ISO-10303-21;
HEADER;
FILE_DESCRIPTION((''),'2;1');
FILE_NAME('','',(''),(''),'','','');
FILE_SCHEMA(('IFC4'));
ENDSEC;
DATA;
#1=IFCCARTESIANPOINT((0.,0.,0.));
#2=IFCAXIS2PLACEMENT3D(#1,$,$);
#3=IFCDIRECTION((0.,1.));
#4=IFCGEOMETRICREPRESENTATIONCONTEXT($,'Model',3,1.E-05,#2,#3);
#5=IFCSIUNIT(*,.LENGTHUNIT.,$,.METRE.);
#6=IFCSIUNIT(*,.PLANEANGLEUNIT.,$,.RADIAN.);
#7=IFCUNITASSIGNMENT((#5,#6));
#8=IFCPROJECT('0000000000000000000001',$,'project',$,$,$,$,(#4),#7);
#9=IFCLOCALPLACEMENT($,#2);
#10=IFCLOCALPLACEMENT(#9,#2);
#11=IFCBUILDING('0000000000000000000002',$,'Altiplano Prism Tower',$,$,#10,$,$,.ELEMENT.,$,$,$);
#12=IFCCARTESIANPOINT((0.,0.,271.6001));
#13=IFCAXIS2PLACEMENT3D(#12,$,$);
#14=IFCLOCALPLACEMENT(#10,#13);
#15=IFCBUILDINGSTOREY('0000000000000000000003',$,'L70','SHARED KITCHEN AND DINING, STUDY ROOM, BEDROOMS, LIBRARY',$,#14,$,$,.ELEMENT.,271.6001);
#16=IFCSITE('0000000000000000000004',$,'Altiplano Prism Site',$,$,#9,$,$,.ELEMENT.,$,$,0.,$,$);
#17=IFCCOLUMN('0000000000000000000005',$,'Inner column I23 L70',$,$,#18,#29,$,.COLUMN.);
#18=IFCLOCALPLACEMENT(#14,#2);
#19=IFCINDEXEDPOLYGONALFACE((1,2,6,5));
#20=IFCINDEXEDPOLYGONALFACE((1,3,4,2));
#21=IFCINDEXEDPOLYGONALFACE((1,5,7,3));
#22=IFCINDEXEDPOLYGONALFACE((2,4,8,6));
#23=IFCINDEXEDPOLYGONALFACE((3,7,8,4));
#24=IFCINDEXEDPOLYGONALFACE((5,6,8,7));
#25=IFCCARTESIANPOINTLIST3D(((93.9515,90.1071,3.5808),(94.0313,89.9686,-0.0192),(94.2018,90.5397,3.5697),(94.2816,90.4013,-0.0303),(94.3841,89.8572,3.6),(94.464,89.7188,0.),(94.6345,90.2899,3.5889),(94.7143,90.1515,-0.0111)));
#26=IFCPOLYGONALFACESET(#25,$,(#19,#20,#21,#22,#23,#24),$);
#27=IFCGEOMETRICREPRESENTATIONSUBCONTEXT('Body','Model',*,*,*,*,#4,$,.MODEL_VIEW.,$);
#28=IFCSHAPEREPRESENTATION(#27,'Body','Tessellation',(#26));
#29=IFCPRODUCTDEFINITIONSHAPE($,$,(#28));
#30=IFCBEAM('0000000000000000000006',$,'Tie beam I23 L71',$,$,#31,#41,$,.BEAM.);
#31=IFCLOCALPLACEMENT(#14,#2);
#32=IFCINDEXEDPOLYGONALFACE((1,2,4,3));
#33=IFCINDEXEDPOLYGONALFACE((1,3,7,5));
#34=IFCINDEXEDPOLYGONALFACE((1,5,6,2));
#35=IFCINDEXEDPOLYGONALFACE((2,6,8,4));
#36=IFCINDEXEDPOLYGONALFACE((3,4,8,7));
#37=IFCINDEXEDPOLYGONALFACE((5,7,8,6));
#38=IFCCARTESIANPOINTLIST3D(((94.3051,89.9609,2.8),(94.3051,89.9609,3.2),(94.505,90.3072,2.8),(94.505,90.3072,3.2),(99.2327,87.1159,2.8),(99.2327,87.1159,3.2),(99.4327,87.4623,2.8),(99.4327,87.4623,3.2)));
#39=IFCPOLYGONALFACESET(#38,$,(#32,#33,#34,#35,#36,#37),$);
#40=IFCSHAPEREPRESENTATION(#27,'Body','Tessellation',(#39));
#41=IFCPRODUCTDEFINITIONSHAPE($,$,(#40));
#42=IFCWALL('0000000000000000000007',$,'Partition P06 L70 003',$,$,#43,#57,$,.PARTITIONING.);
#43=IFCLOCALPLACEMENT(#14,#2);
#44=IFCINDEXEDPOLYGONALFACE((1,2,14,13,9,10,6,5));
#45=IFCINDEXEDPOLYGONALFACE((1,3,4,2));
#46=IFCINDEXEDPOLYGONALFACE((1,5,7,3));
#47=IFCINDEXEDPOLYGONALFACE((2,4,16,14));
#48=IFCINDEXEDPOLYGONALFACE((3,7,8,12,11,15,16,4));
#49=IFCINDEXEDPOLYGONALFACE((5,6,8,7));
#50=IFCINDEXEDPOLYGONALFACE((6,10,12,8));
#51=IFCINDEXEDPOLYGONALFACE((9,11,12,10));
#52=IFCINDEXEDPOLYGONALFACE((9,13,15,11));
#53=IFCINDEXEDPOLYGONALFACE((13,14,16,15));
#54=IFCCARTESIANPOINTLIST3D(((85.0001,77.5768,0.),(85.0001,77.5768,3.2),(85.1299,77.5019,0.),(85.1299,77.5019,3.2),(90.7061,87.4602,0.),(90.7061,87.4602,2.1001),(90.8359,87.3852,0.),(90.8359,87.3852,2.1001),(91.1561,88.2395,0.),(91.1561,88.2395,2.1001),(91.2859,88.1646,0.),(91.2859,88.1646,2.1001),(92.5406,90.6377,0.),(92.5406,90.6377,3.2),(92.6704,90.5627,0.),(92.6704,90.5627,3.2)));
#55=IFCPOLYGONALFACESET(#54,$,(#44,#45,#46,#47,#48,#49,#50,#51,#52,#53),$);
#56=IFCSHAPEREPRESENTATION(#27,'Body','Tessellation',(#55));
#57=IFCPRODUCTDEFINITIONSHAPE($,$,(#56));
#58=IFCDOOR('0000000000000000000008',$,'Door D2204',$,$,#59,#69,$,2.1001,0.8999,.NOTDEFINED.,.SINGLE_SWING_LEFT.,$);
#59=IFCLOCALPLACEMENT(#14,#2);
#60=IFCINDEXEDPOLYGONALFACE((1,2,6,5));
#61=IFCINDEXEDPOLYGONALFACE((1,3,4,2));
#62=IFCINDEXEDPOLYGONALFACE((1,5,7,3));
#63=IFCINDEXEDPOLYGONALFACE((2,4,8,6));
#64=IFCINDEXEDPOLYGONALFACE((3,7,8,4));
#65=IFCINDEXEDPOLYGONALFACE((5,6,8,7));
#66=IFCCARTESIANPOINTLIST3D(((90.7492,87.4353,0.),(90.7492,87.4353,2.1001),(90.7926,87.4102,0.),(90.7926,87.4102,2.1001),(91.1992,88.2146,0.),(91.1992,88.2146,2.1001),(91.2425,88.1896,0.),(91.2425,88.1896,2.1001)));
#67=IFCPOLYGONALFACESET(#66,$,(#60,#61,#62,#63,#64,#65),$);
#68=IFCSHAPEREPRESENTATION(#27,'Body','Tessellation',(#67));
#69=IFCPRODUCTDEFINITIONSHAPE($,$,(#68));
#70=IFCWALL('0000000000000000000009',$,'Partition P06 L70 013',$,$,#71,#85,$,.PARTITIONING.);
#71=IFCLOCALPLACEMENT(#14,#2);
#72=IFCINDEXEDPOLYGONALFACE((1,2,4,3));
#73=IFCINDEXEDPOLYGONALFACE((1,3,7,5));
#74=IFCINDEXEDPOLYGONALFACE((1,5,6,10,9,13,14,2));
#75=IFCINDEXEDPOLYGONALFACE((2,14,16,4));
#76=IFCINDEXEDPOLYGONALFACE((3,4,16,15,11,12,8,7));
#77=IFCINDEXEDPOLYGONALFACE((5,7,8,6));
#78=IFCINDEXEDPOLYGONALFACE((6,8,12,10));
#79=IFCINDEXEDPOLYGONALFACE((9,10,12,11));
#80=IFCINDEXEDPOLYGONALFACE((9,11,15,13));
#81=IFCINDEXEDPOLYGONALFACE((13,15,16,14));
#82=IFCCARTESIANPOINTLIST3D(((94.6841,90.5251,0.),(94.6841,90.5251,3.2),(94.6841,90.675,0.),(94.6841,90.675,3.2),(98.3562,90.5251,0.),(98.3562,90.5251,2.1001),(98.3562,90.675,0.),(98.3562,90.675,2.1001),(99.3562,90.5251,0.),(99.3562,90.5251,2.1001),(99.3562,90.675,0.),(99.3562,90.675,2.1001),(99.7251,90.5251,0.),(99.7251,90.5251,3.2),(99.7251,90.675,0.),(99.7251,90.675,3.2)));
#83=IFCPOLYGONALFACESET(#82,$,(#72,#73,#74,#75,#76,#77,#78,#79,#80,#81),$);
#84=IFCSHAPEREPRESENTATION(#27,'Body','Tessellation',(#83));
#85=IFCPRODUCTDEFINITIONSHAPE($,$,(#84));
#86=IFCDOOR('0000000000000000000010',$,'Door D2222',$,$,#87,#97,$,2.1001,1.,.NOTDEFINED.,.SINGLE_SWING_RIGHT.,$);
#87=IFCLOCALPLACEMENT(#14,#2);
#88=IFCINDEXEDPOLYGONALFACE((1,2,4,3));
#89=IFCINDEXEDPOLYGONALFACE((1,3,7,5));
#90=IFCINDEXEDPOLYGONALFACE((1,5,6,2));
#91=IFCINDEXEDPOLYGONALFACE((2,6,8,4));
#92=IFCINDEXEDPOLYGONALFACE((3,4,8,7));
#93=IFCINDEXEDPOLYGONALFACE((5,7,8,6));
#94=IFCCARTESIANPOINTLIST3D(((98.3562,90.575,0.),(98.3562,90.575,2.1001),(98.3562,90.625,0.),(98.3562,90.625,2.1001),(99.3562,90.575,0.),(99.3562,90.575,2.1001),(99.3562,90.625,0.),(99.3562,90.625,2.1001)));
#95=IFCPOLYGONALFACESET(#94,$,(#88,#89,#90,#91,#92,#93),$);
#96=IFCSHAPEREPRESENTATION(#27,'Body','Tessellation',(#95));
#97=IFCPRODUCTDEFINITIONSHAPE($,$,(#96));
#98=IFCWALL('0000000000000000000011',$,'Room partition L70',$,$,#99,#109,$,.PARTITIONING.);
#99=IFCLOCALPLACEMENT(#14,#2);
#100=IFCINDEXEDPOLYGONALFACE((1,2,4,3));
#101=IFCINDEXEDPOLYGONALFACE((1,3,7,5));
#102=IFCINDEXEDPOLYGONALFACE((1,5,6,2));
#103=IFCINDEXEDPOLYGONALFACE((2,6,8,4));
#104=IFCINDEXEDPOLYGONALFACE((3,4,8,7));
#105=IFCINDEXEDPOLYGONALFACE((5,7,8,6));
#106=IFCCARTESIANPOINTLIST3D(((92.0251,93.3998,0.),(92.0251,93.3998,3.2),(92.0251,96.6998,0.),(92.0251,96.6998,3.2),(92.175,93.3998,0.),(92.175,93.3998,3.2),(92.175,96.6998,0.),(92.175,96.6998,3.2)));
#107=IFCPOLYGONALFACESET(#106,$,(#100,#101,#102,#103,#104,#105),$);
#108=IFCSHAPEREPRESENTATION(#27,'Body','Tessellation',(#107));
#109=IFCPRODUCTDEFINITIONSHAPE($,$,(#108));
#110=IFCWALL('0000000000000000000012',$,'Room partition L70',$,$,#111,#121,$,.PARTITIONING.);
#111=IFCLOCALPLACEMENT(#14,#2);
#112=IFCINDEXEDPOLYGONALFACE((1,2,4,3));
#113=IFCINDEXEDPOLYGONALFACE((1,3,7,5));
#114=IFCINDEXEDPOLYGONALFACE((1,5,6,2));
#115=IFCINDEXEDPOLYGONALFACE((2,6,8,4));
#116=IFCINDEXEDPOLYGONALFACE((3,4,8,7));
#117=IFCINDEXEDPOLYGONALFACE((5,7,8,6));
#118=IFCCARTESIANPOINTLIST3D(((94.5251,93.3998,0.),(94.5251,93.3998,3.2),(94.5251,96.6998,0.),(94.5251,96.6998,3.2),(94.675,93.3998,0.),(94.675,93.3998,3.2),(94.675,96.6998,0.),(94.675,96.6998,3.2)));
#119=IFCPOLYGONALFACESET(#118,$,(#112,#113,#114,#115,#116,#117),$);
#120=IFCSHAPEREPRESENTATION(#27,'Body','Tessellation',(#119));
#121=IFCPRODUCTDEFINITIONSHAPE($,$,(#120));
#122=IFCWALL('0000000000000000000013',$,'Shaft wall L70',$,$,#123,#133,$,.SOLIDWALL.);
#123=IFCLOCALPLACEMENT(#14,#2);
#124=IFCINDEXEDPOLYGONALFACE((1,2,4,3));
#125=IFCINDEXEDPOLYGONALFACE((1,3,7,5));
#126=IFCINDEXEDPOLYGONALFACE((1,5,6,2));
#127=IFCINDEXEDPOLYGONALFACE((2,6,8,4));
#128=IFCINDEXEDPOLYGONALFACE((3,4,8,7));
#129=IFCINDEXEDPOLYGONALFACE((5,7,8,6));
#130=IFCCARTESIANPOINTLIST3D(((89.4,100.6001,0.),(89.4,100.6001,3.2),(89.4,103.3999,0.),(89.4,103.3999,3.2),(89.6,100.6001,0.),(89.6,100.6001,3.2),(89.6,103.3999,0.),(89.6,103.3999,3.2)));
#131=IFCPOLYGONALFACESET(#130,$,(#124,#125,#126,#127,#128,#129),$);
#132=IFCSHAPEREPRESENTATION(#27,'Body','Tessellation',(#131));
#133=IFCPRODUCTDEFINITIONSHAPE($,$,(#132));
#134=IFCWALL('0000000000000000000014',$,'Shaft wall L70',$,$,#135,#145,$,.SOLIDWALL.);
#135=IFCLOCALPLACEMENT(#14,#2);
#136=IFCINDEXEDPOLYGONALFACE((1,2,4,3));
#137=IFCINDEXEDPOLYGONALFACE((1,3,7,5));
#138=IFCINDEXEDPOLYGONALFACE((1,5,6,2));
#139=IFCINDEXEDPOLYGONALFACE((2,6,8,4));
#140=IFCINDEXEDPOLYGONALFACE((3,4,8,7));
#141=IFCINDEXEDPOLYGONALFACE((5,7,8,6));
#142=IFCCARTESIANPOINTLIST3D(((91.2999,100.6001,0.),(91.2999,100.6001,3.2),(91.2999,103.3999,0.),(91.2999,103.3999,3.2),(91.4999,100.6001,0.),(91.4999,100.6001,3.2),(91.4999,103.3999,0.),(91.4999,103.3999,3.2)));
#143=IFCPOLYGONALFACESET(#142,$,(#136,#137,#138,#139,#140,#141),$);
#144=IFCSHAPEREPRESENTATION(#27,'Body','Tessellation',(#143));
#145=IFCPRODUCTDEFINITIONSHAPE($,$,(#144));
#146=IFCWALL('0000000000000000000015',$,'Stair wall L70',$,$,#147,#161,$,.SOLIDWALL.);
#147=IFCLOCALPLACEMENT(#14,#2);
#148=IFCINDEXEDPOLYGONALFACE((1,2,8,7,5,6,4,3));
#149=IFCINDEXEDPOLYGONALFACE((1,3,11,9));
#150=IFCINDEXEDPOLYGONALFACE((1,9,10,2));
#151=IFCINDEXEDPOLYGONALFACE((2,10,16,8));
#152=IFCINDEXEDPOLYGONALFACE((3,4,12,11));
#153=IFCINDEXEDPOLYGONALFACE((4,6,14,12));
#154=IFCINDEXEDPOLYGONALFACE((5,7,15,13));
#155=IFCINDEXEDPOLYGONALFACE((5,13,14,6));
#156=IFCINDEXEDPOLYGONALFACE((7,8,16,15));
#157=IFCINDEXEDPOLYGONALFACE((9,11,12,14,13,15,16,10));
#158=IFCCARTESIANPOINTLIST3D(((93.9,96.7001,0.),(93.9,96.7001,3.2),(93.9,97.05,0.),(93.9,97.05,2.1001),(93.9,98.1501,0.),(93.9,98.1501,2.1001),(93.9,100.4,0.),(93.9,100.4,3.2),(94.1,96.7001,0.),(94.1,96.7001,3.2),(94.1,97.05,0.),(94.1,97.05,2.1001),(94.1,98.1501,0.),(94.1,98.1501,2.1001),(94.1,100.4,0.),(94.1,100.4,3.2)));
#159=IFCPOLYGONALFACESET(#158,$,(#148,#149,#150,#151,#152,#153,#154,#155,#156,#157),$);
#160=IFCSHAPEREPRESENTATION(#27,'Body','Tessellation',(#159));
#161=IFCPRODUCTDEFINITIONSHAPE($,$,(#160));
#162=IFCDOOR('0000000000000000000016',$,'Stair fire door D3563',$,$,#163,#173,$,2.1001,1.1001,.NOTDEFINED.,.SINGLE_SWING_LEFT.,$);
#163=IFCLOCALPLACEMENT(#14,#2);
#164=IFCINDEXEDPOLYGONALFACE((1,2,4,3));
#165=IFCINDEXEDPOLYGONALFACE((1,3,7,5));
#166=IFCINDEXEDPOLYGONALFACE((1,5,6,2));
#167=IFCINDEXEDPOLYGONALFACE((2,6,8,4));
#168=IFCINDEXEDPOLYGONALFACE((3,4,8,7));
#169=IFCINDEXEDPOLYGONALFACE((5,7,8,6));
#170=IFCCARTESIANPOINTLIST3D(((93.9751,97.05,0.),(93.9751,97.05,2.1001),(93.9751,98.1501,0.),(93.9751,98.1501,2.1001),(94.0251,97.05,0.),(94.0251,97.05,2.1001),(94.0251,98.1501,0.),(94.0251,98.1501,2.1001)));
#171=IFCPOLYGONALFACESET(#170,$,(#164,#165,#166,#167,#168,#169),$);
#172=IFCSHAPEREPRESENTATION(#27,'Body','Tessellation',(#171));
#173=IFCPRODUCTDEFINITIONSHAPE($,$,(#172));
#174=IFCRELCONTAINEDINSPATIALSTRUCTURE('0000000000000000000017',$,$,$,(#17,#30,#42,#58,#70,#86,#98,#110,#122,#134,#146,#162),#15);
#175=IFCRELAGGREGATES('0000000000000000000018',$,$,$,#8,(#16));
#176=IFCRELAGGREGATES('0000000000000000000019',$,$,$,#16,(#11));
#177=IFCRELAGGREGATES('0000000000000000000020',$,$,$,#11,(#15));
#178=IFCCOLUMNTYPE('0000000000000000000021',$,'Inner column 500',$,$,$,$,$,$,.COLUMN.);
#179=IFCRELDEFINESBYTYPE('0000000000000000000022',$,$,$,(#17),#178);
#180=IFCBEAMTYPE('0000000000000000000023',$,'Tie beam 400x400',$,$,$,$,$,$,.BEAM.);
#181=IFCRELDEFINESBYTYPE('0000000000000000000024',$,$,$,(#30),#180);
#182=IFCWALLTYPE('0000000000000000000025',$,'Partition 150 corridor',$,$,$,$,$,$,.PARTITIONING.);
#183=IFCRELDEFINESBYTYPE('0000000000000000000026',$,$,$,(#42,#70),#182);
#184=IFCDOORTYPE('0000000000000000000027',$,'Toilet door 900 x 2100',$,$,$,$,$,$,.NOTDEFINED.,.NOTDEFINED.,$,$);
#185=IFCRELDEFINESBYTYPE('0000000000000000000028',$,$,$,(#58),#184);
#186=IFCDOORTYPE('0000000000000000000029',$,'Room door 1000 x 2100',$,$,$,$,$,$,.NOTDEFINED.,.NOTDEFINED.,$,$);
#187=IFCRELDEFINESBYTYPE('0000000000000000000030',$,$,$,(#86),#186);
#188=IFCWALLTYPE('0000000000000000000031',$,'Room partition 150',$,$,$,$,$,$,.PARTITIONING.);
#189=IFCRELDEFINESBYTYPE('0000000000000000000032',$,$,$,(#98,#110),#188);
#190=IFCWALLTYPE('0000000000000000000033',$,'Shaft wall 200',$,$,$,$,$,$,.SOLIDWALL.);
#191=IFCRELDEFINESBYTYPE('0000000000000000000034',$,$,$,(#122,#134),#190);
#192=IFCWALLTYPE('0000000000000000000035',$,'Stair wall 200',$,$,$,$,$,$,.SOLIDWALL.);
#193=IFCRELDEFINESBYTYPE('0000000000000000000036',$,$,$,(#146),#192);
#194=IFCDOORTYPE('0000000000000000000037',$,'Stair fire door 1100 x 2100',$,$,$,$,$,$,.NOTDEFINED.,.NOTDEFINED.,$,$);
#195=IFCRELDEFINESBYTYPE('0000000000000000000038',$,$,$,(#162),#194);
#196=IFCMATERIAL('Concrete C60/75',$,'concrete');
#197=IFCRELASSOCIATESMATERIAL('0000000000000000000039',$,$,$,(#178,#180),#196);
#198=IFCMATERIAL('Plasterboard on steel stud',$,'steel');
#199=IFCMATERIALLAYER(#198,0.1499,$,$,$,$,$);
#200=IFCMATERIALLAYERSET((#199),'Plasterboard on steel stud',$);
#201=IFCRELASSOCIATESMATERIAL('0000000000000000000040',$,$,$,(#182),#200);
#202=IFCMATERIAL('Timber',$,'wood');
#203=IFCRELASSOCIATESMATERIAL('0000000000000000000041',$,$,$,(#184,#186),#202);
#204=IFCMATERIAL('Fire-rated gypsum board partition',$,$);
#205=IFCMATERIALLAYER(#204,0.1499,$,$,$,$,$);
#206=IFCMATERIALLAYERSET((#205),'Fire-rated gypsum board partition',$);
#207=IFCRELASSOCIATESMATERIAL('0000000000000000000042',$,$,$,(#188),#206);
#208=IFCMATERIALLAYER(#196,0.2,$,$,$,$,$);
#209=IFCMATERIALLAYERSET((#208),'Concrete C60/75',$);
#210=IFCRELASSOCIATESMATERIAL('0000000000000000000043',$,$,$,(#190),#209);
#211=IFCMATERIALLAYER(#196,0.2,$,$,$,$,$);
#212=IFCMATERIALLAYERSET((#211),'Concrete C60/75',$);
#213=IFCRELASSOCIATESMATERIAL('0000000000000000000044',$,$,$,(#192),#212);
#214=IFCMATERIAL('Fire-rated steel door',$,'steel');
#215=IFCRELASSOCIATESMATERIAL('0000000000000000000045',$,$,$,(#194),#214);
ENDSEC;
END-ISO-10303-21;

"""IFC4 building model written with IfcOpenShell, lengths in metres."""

from ifc_helpers import new_model, si_unit, direction, frame, frame_2d, origin, origin_2d, place, context, subcontext, project, spatial, rectangle, extrude, material, layer, layer_set, material_profile, profile_set, type_object, element, fill, save


model = new_model("IFC4")

# Units and contexts
model_context = context("Model", 3, precision=1e-05, world=origin(), true_north=direction((0.0, 1.0)))
body_context = subcontext(model_context, "Body", "Model", "MODEL_VIEW")
ifc_project = project(units=[si_unit("LENGTHUNIT", "METRE"), si_unit("PLANEANGLEUNIT", "RADIAN")], contexts=[model_context])

# Site, building, storey
site_placement = place(None, origin())
site = spatial("IfcSite", under=ifc_project, at=site_placement, Name="Altiplano Prism Site", CompositionType="ELEMENT", RefElevation=0.0)
building_placement = place(site_placement, origin())
building = spatial("IfcBuilding", under=site, at=building_placement, Name="Altiplano Prism Tower", CompositionType="ELEMENT")
storey_placement = place(building_placement, frame((0.0, 0.0, 271.6001)))
storey = spatial("IfcBuildingStorey", under=building, at=storey_placement, Name="L70", Description="SHARED KITCHEN AND DINING, STUDY ROOM, BEDROOMS, LIBRARY", CompositionType="ELEMENT", Elevation=271.6001)

# Column
ifc_material_1 = material(Name="Concrete C60/75", Category="concrete")
ifc_material_profile_1 = material_profile(ifc_material_1, rectangle(XDim=0.5, YDim=0.5, at=origin_2d()), Name="Inner column 500")
ifc_profile_set_1 = profile_set([ifc_material_profile_1], Name="Concrete C60/75")
column_type = type_object("IfcColumnType", Name="Inner column 500", PredefinedType="COLUMN", material=ifc_profile_set_1)
column_placement = place(storey_placement, frame((94.3728, 90.0601, -0.0151), z_axis=(-0.022155, 0.038416, 0.999016), x_axis=(-0.500653, -0.865364, 0.022173)))
element("IfcColumn", 1, at=column_placement, inside=storey, type_object=column_type, Name="Inner column I23 L70", PredefinedType="COLUMN", context=body_context, shape_type="SweptSolid", body=[
    extrude(rectangle(XDim=0.5, YDim=0.5, at=origin_2d()), origin(), (0.0, 0.0, 1.0), 3.6035),
])

# Beam
ifc_material_profile_2 = material_profile(ifc_material_1, rectangle(XDim=0.3999, YDim=0.3999, at=origin_2d()), Name="Tie beam 400x400")
ifc_profile_set_2 = profile_set([ifc_material_profile_2], Name="Concrete C60/75")
beam_type = type_object("IfcBeamType", Name="Tie beam 400x400", PredefinedType="BEAM", material=ifc_profile_set_2)
beam_placement = place(storey_placement, frame((94.405, 90.134, 3.0), z_axis=(0.86603, -0.499992, 0.0), x_axis=(0.499992, 0.86603, 0.0)))
element("IfcBeam", 2, at=beam_placement, inside=storey, type_object=beam_type, Name="Tie beam I23 L71", PredefinedType="BEAM", context=body_context, shape_type="SweptSolid", body=[
    extrude(rectangle(XDim=0.3999, YDim=0.3999, at=origin_2d()), origin(), (0.0, 0.0, 1.0), 5.6899),
])

# Walls, openings, doors
ifc_material_2 = material(Name="Plasterboard on steel stud", Category="steel")
ifc_layer_1 = layer(ifc_material_2, 0.1499)
ifc_layer_set_1 = layer_set([ifc_layer_1], Name="Plasterboard on steel stud")
wall_type_1 = type_object("IfcWallType", Name="Partition 150 corridor", PredefinedType="PARTITIONING", material=ifc_layer_set_1)
wall_1_placement = place(storey_placement, frame((92.6055, 90.6001, 0.0), z_axis=(0.0, 0.0, 1.0), x_axis=(-0.499994, -0.866029, 0.0)))
wall_1 = element("IfcWall", 3, at=wall_1_placement, inside=storey, type_object=wall_type_1, Name="Partition P06 L70 003", PredefinedType="PARTITIONING", context=body_context, shape_type="SweptSolid", body=[
    extrude(rectangle(XDim=15.0813, YDim=0.1499, at=frame_2d((7.5405, 0.0))), origin(), (0.0, 0.0, 1.0), 3.2),
])
opening_1_placement = place(wall_1_placement, frame((2.769, 0.0, 0.0)))
opening_1 = element("IfcOpeningElement", 4, at=opening_1_placement, cuts=wall_1, PredefinedType="OPENING", context=body_context, shape_type="SweptSolid", body=[
    extrude(rectangle(XDim=0.8999, YDim=2.1001, at=frame_2d((0.45, 1.05))), frame((0.0, 0.0854, 0.0), z_axis=(0.0, -1.0, 0.0), x_axis=(1.0, 0.0, 0.0)), (0.0, 0.0, 1.0), 0.1709),
])
ifc_material_3 = material(Name="Timber", Category="wood")
door_type_1 = type_object("IfcDoorType", Name="Toilet door 900 x 2100", OperationType="NOTDEFINED", PredefinedType="NOTDEFINED", material=ifc_material_3)
door_1_placement = place(opening_1_placement, origin())
door_1 = element("IfcDoor", 5, at=door_1_placement, inside=storey, type_object=door_type_1, Name="Door D2204", OperationType="SINGLE_SWING_LEFT", OverallHeight=2.1001, OverallWidth=0.8999, PredefinedType="NOTDEFINED", context=body_context, shape_type="SweptSolid", body=[
    extrude(rectangle(XDim=0.8999, YDim=2.1001, at=frame_2d((0.45, 1.05))), frame((0.0, 0.0249, 0.0), z_axis=(0.0, -1.0, 0.0), x_axis=(1.0, 0.0, 0.0)), (0.0, 0.0, 1.0), 0.05),
])
fill(opening_1, door_1)
wall_2_placement = place(storey_placement, frame((94.6841, 90.6001, 0.0), z_axis=(0.0, 0.0, 1.0), x_axis=(1.0, 0.0, 0.0)))
wall_2 = element("IfcWall", 6, at=wall_2_placement, inside=storey, type_object=wall_type_1, Name="Partition P06 L70 013", PredefinedType="PARTITIONING", context=body_context, shape_type="SweptSolid", body=[
    extrude(rectangle(XDim=5.041, YDim=0.1499, at=frame_2d((2.5205, 0.0))), origin(), (0.0, 0.0, 1.0), 3.2),
])
opening_2_placement = place(wall_2_placement, frame((3.6721, 0.0, 0.0)))
opening_2 = element("IfcOpeningElement", 7, at=opening_2_placement, cuts=wall_2, PredefinedType="OPENING", context=body_context, shape_type="SweptSolid", body=[
    extrude(rectangle(XDim=1.0, YDim=2.1001, at=frame_2d((0.5, 1.05))), frame((0.0, 0.0854, 0.0), z_axis=(0.0, -1.0, 0.0), x_axis=(1.0, 0.0, 0.0)), (0.0, 0.0, 1.0), 0.1709),
])
door_type_2 = type_object("IfcDoorType", Name="Room door 1000 x 2100", OperationType="NOTDEFINED", PredefinedType="NOTDEFINED", material=ifc_material_3)
door_2_placement = place(opening_2_placement, origin())
door_2 = element("IfcDoor", 8, at=door_2_placement, inside=storey, type_object=door_type_2, Name="Door D2222", OperationType="SINGLE_SWING_RIGHT", OverallHeight=2.1001, OverallWidth=1.0, PredefinedType="NOTDEFINED", context=body_context, shape_type="SweptSolid", body=[
    extrude(rectangle(XDim=1.0, YDim=2.1001, at=frame_2d((0.5, 1.05))), frame((0.0, 0.0249, 0.0), z_axis=(0.0, -1.0, 0.0), x_axis=(1.0, 0.0, 0.0)), (0.0, 0.0, 1.0), 0.05),
])
fill(opening_2, door_2)

# Walls
ifc_material_4 = material(Name="Fire-rated gypsum board partition")
ifc_layer_2 = layer(ifc_material_4, 0.1499)
ifc_layer_set_2 = layer_set([ifc_layer_2], Name="Fire-rated gypsum board partition")
wall_type_2 = type_object("IfcWallType", Name="Room partition 150", PredefinedType="PARTITIONING", material=ifc_layer_set_2)
for number, where, z_axis, x_axis, name in (
    (9, (92.1001, 93.3999, 0.0), (0.0, 0.0, 1.0), (0.0, 1.0, 0.0), "Room partition L70"),
    (10, (94.6001, 93.3999, 0.0), (0.0, 0.0, 1.0), (0.0, 1.0, 0.0), "Room partition L70"),
):
    element("IfcWall", number, at=place(storey_placement, frame(where, z_axis=z_axis, x_axis=x_axis)), inside=storey, type_object=wall_type_2, Name=name, PredefinedType="PARTITIONING", context=body_context, shape_type="SweptSolid", body=[
        extrude(rectangle(XDim=3.3, YDim=0.1499, at=frame_2d((1.6499, 0.0))), origin(), (0.0, 0.0, 1.0), 3.2),
    ])
ifc_layer_3 = layer(ifc_material_1, 0.2)
ifc_layer_set_3 = layer_set([ifc_layer_3], Name="Concrete C60/75")
wall_type_3 = type_object("IfcWallType", Name="Shaft wall 200", PredefinedType="SOLIDWALL", material=ifc_layer_set_3)
for number, where, z_axis, x_axis, name in (
    (11, (89.5, 100.6001, 0.0), (0.0, 0.0, 1.0), (0.0, 1.0, 0.0), "Shaft wall L70"),
    (12, (91.3999, 100.6001, 0.0), (0.0, 0.0, 1.0), (0.0, 1.0, 0.0), "Shaft wall L70"),
):
    element("IfcWall", number, at=place(storey_placement, frame(where, z_axis=z_axis, x_axis=x_axis)), inside=storey, type_object=wall_type_3, Name=name, PredefinedType="SOLIDWALL", context=body_context, shape_type="SweptSolid", body=[
        extrude(rectangle(XDim=2.7998, YDim=0.2, at=frame_2d((1.3999, 0.0))), origin(), (0.0, 0.0, 1.0), 3.2),
    ])

# Wall, opening, door
ifc_layer_4 = layer(ifc_material_1, 0.2)
ifc_layer_set_4 = layer_set([ifc_layer_4], Name="Concrete C60/75")
wall_type_4 = type_object("IfcWallType", Name="Stair wall 200", PredefinedType="SOLIDWALL", material=ifc_layer_set_4)
wall_3_placement = place(storey_placement, frame((94.0, 96.7, 0.0), z_axis=(0.0, 0.0, 1.0), x_axis=(0.0, 1.0, 0.0)))
wall_3 = element("IfcWall", 13, at=wall_3_placement, inside=storey, type_object=wall_type_4, Name="Stair wall L70", PredefinedType="SOLIDWALL", context=body_context, shape_type="SweptSolid", body=[
    extrude(rectangle(XDim=3.7, YDim=0.2, at=frame_2d((1.8501, 0.0))), origin(), (0.0, 0.0, 1.0), 3.2),
])
opening_3_placement = place(wall_3_placement, frame((0.3501, 0.0, 0.0)))
opening_3 = element("IfcOpeningElement", 14, at=opening_3_placement, cuts=wall_3, PredefinedType="OPENING", context=body_context, shape_type="SweptSolid", body=[
    extrude(rectangle(XDim=1.1001, YDim=2.1001, at=frame_2d((0.55, 1.05))), frame((0.0, 0.1104, 0.0), z_axis=(0.0, -1.0, 0.0), x_axis=(1.0, 0.0, 0.0)), (0.0, 0.0, 1.0), 0.2209),
])
ifc_material_5 = material(Name="Fire-rated steel door", Category="steel")
door_type_3 = type_object("IfcDoorType", Name="Stair fire door 1100 x 2100", OperationType="NOTDEFINED", PredefinedType="NOTDEFINED", material=ifc_material_5)
door_3_placement = place(opening_3_placement, origin())
door_3 = element("IfcDoor", 15, at=door_3_placement, inside=storey, type_object=door_type_3, Name="Stair fire door D3563", OperationType="SINGLE_SWING_LEFT", OverallHeight=2.1001, OverallWidth=1.1001, PredefinedType="NOTDEFINED", context=body_context, shape_type="SweptSolid", body=[
    extrude(rectangle(XDim=1.1001, YDim=2.1001, at=frame_2d((0.55, 1.05))), frame((0.0, 0.0249, 0.0), z_axis=(0.0, -1.0, 0.0), x_axis=(1.0, 0.0, 0.0)), (0.0, 0.0, 1.0), 0.05),
])
fill(opening_3, door_3)

save(model, "model.ifc")
